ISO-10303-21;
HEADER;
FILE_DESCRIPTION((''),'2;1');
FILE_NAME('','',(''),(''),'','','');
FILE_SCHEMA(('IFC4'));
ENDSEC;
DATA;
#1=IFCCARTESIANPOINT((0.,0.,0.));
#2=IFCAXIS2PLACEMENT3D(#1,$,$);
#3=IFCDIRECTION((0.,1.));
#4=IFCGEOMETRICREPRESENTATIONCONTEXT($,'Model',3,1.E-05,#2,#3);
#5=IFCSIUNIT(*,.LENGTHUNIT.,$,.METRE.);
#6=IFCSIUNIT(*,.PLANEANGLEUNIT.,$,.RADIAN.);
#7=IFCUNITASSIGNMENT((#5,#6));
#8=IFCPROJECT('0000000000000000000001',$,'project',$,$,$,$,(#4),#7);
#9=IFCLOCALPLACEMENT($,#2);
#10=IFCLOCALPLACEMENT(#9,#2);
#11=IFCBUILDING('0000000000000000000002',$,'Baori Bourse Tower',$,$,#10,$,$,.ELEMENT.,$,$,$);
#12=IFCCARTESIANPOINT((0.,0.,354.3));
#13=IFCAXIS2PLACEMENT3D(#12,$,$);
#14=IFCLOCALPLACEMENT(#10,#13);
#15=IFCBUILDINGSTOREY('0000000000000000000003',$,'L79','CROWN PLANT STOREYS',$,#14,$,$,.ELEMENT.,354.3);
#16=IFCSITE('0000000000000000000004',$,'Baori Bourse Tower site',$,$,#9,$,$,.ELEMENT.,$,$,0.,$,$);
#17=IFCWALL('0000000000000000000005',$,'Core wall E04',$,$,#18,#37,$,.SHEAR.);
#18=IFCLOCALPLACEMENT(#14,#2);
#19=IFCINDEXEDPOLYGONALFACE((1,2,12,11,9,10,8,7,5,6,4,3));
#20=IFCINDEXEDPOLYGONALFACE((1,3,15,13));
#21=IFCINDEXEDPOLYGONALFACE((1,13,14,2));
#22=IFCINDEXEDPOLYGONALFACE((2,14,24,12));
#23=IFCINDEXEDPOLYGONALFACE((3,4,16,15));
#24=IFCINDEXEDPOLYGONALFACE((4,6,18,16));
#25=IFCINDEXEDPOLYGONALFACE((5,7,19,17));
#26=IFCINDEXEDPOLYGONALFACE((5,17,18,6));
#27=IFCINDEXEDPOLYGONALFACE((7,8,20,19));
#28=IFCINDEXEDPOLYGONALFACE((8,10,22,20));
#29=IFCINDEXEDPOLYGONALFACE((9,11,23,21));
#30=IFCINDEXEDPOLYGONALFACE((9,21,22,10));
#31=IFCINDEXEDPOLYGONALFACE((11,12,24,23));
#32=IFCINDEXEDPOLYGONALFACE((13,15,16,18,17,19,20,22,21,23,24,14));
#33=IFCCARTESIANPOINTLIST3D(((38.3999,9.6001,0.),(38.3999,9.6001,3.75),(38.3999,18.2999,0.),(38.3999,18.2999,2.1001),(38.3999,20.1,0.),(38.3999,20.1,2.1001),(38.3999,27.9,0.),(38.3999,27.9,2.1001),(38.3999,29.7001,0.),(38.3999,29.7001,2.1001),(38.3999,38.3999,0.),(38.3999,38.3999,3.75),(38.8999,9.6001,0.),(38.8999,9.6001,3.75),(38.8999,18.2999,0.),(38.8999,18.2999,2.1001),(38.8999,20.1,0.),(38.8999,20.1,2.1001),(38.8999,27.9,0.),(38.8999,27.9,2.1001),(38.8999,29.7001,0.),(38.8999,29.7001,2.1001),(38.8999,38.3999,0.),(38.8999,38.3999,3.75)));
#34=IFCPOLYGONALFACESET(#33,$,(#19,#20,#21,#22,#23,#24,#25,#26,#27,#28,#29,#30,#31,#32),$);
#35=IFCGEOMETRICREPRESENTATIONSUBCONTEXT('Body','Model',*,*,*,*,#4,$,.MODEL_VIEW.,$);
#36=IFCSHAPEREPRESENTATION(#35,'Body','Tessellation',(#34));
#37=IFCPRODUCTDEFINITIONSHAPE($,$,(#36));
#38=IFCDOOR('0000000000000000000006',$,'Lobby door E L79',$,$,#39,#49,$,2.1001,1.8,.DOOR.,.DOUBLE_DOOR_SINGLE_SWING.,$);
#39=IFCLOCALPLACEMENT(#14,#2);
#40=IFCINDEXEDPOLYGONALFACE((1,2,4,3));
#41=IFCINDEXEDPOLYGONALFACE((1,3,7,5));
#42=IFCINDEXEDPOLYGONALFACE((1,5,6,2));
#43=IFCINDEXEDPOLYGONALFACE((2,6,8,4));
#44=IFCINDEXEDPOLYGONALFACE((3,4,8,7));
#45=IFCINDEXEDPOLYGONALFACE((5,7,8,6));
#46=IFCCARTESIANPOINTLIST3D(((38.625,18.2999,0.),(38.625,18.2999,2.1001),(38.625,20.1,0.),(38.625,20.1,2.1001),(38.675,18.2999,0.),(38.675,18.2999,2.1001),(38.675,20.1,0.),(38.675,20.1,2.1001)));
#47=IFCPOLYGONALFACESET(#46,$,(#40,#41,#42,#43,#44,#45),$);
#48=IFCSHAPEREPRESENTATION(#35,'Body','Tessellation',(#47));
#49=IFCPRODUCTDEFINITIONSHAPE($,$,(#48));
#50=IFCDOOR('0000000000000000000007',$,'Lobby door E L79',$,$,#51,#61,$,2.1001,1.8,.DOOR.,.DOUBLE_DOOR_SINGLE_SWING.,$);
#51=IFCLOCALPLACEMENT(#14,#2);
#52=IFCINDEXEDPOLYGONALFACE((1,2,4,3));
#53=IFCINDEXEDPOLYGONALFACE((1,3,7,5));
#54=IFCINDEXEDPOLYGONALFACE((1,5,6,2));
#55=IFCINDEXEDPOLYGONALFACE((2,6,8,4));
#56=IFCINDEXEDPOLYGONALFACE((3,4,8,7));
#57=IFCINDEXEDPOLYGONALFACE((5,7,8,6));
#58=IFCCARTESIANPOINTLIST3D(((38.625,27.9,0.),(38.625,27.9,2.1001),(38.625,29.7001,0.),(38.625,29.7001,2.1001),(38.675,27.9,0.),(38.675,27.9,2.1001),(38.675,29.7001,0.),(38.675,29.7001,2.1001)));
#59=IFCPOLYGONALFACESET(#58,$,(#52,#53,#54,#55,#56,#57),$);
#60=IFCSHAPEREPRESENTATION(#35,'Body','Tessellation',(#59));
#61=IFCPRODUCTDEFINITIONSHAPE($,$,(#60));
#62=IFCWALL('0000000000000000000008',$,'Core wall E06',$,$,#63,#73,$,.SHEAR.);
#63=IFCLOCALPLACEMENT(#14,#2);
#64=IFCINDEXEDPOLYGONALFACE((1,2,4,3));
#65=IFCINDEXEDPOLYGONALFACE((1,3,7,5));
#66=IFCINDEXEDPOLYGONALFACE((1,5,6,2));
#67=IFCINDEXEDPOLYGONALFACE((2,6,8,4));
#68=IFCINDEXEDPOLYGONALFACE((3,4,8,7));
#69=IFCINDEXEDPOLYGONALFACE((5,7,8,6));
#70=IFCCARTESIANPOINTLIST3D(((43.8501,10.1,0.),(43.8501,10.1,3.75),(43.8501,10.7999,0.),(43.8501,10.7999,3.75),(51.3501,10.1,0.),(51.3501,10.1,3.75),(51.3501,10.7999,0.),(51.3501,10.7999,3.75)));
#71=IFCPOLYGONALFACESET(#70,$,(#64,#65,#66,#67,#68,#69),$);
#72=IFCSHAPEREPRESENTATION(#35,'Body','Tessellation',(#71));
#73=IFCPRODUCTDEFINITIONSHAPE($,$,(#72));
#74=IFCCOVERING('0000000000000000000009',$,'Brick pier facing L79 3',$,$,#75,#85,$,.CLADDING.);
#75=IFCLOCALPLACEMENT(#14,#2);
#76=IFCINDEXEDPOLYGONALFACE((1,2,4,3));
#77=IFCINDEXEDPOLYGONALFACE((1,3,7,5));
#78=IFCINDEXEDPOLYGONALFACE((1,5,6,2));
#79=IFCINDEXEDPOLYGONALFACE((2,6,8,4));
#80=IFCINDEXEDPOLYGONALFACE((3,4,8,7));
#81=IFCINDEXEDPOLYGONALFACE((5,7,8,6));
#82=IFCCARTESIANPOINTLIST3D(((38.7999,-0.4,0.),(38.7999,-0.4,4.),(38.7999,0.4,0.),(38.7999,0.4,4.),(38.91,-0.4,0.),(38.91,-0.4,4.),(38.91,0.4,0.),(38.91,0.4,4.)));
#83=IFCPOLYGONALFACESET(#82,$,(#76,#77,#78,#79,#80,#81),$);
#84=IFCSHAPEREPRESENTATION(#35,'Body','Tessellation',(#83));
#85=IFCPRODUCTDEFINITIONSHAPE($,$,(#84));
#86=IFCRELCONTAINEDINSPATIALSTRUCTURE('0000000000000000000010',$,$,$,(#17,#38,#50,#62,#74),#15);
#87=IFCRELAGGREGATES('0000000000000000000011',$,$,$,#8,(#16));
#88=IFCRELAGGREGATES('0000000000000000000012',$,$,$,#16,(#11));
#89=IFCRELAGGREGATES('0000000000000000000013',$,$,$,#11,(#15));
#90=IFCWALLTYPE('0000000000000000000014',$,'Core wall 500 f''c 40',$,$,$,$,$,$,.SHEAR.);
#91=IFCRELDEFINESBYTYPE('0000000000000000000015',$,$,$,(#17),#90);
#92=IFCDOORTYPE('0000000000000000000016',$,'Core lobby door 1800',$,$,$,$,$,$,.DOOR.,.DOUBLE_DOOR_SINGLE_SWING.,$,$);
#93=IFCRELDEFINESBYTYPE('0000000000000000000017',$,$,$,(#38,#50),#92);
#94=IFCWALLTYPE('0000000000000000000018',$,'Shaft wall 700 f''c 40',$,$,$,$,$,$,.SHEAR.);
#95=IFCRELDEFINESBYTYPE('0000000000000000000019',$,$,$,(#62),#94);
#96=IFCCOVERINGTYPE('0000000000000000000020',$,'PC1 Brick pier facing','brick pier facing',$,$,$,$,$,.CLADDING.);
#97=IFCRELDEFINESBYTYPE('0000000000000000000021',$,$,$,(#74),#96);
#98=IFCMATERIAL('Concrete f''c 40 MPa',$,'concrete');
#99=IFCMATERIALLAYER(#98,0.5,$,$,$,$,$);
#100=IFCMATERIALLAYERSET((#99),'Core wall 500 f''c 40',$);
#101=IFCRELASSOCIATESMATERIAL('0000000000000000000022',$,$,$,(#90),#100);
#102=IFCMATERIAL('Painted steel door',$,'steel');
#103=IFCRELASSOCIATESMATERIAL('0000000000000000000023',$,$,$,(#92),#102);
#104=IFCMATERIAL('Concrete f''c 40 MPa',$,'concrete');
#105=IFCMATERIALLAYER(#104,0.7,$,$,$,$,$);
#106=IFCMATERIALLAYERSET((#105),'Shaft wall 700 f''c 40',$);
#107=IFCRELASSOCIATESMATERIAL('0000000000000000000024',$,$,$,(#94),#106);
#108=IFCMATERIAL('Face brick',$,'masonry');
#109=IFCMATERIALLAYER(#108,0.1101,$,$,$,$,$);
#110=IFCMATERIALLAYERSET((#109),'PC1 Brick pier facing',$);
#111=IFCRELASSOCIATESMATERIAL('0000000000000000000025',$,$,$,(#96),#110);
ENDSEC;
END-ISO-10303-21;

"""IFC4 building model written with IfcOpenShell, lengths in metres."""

from ifc_helpers import new_model, si_unit, direction, frame, frame_2d, origin, origin_2d, place, context, subcontext, project, spatial, rectangle, extrude, material, layer, layer_set, type_object, element, fill, save


model = new_model("IFC4")

# Units and contexts
model_context = context("Model", 3, precision=1e-05, world=origin(), true_north=direction((0.0, 1.0)))
body_context = subcontext(model_context, "Body", "Model", "MODEL_VIEW")
ifc_project = project(units=[si_unit("LENGTHUNIT", "METRE"), si_unit("PLANEANGLEUNIT", "RADIAN")], contexts=[model_context])

# Site, building, storey
site_placement = place(None, origin())
site = spatial("IfcSite", under=ifc_project, at=site_placement, Name="Baori Bourse Tower site", CompositionType="ELEMENT", RefElevation=0.0)
building_placement = place(site_placement, origin())
building = spatial("IfcBuilding", under=site, at=building_placement, Name="Baori Bourse Tower", CompositionType="ELEMENT")
storey_placement = place(building_placement, frame((0.0, 0.0, 354.3)))
storey = spatial("IfcBuildingStorey", under=building, at=storey_placement, Name="L79", Description="CROWN PLANT STOREYS", CompositionType="ELEMENT", Elevation=354.3)

# Shared definitions
ifc_material_1 = material(Name="Concrete f'c 40 MPa", Category="concrete")
ifc_layer_1 = layer(ifc_material_1, 0.5)
ifc_layer_set_1 = layer_set([ifc_layer_1], Name="Core wall 500 f'c 40")
wall_type_1 = type_object("IfcWallType", Name="Core wall 500 f'c 40", PredefinedType="SHEAR", material=ifc_layer_set_1)

# Wall, openings, doors
wall_1_placement = place(storey_placement, frame((38.6499, 9.6001, 0.0), z_axis=(0.0, 0.0, 1.0), x_axis=(0.0, 1.0, 0.0)))
wall_1 = element("IfcWall", 1, at=wall_1_placement, inside=storey, type_object=wall_type_1, Name="Core wall E04", PredefinedType="SHEAR", context=body_context, shape_type="SweptSolid", body=[
    extrude(rectangle(XDim=28.7998, YDim=0.5, at=frame_2d((14.3999, 0.0))), origin(), (0.0, 0.0, 1.0), 3.75),
])
opening_1_placement = place(wall_1_placement, frame((8.7, 0.0, 0.0)))
opening_1 = element("IfcOpeningElement", 2, at=opening_1_placement, cuts=wall_1, PredefinedType="OPENING", context=body_context, shape_type="SweptSolid", body=[
    extrude(rectangle(XDim=1.8, YDim=2.1001, at=frame_2d((0.8999, 1.05))), frame((0.0, 0.26, 0.0), z_axis=(0.0, -1.0, 0.0), x_axis=(1.0, 0.0, 0.0)), (0.0, 0.0, 1.0), 0.52),
])
opening_2_placement = place(wall_1_placement, frame((18.3, 0.0, 0.0)))
opening_2 = element("IfcOpeningElement", 3, at=opening_2_placement, cuts=wall_1, PredefinedType="OPENING", context=body_context, shape_type="SweptSolid", body=[
    extrude(rectangle(XDim=1.8, YDim=2.1001, at=frame_2d((0.8999, 1.05))), frame((0.0, 0.26, 0.0), z_axis=(0.0, -1.0, 0.0), x_axis=(1.0, 0.0, 0.0)), (0.0, 0.0, 1.0), 0.52),
])
ifc_material_2 = material(Name="Painted steel door", Category="steel")
door_type_1 = type_object("IfcDoorType", Name="Core lobby door 1800", OperationType="DOUBLE_DOOR_SINGLE_SWING", PredefinedType="DOOR", material=ifc_material_2)
door_1_placement = place(opening_1_placement, origin())
door_1 = element("IfcDoor", 4, at=door_1_placement, inside=storey, type_object=door_type_1, Name="Lobby door E L79", OperationType="DOUBLE_DOOR_SINGLE_SWING", OverallHeight=2.1001, OverallWidth=1.8, PredefinedType="DOOR", context=body_context, shape_type="SweptSolid", body=[
    extrude(rectangle(XDim=1.8, YDim=2.1001, at=frame_2d((0.8999, 1.05))), frame((0.0, 0.0249, 0.0), z_axis=(0.0, -1.0, 0.0), x_axis=(1.0, 0.0, 0.0)), (0.0, 0.0, 1.0), 0.05),
])
fill(opening_1, door_1)
door_2_placement = place(opening_2_placement, origin())
door_2 = element("IfcDoor", 5, at=door_2_placement, inside=storey, type_object=door_type_1, Name="Lobby door E L79", OperationType="DOUBLE_DOOR_SINGLE_SWING", OverallHeight=2.1001, OverallWidth=1.8, PredefinedType="DOOR", context=body_context, shape_type="SweptSolid", body=[
    extrude(rectangle(XDim=1.8, YDim=2.1001, at=frame_2d((0.8999, 1.05))), frame((0.0, 0.0249, 0.0), z_axis=(0.0, -1.0, 0.0), x_axis=(1.0, 0.0, 0.0)), (0.0, 0.0, 1.0), 0.05),
])
fill(opening_2, door_2)

# Wall
ifc_material_3 = material(Name="Concrete f'c 40 MPa", Category="concrete")
ifc_layer_2 = layer(ifc_material_3, 0.7)
ifc_layer_set_2 = layer_set([ifc_layer_2], Name="Shaft wall 700 f'c 40")
wall_type_2 = type_object("IfcWallType", Name="Shaft wall 700 f'c 40", PredefinedType="SHEAR", material=ifc_layer_set_2)
wall_2_placement = place(storey_placement, frame((43.8501, 10.45, 0.0), z_axis=(0.0, 0.0, 1.0), x_axis=(1.0, 0.0, 0.0)))
element("IfcWall", 6, at=wall_2_placement, inside=storey, type_object=wall_type_2, Name="Core wall E06", PredefinedType="SHEAR", context=body_context, shape_type="SweptSolid", body=[
    extrude(rectangle(XDim=7.5, YDim=0.7, at=frame_2d((3.75, 0.0))), origin(), (0.0, 0.0, 1.0), 3.75),
])

# Covering
ifc_material_4 = material(Name="Face brick", Category="masonry")
ifc_layer_3 = layer(ifc_material_4, 0.1101)
ifc_layer_set_3 = layer_set([ifc_layer_3], Name="PC1 Brick pier facing")
covering_type = type_object("IfcCoveringType", Name="PC1 Brick pier facing", Description="brick pier facing", PredefinedType="CLADDING", material=ifc_layer_set_3)
covering_placement = place(storey_placement, frame((38.855, 0.0, 0.0), z_axis=(0.0, 0.0, 1.0), x_axis=(1.0, 0.0, 0.0)))
element("IfcCovering", 7, at=covering_placement, inside=storey, type_object=covering_type, Name="Brick pier facing L79 3", PredefinedType="CLADDING", context=body_context, shape_type="SweptSolid", body=[
    extrude(rectangle(XDim=0.1101, YDim=0.8, at=origin_2d()), origin(), (0.0, 0.0, 1.0), 4.0),
])

save(model, "model.ifc")
